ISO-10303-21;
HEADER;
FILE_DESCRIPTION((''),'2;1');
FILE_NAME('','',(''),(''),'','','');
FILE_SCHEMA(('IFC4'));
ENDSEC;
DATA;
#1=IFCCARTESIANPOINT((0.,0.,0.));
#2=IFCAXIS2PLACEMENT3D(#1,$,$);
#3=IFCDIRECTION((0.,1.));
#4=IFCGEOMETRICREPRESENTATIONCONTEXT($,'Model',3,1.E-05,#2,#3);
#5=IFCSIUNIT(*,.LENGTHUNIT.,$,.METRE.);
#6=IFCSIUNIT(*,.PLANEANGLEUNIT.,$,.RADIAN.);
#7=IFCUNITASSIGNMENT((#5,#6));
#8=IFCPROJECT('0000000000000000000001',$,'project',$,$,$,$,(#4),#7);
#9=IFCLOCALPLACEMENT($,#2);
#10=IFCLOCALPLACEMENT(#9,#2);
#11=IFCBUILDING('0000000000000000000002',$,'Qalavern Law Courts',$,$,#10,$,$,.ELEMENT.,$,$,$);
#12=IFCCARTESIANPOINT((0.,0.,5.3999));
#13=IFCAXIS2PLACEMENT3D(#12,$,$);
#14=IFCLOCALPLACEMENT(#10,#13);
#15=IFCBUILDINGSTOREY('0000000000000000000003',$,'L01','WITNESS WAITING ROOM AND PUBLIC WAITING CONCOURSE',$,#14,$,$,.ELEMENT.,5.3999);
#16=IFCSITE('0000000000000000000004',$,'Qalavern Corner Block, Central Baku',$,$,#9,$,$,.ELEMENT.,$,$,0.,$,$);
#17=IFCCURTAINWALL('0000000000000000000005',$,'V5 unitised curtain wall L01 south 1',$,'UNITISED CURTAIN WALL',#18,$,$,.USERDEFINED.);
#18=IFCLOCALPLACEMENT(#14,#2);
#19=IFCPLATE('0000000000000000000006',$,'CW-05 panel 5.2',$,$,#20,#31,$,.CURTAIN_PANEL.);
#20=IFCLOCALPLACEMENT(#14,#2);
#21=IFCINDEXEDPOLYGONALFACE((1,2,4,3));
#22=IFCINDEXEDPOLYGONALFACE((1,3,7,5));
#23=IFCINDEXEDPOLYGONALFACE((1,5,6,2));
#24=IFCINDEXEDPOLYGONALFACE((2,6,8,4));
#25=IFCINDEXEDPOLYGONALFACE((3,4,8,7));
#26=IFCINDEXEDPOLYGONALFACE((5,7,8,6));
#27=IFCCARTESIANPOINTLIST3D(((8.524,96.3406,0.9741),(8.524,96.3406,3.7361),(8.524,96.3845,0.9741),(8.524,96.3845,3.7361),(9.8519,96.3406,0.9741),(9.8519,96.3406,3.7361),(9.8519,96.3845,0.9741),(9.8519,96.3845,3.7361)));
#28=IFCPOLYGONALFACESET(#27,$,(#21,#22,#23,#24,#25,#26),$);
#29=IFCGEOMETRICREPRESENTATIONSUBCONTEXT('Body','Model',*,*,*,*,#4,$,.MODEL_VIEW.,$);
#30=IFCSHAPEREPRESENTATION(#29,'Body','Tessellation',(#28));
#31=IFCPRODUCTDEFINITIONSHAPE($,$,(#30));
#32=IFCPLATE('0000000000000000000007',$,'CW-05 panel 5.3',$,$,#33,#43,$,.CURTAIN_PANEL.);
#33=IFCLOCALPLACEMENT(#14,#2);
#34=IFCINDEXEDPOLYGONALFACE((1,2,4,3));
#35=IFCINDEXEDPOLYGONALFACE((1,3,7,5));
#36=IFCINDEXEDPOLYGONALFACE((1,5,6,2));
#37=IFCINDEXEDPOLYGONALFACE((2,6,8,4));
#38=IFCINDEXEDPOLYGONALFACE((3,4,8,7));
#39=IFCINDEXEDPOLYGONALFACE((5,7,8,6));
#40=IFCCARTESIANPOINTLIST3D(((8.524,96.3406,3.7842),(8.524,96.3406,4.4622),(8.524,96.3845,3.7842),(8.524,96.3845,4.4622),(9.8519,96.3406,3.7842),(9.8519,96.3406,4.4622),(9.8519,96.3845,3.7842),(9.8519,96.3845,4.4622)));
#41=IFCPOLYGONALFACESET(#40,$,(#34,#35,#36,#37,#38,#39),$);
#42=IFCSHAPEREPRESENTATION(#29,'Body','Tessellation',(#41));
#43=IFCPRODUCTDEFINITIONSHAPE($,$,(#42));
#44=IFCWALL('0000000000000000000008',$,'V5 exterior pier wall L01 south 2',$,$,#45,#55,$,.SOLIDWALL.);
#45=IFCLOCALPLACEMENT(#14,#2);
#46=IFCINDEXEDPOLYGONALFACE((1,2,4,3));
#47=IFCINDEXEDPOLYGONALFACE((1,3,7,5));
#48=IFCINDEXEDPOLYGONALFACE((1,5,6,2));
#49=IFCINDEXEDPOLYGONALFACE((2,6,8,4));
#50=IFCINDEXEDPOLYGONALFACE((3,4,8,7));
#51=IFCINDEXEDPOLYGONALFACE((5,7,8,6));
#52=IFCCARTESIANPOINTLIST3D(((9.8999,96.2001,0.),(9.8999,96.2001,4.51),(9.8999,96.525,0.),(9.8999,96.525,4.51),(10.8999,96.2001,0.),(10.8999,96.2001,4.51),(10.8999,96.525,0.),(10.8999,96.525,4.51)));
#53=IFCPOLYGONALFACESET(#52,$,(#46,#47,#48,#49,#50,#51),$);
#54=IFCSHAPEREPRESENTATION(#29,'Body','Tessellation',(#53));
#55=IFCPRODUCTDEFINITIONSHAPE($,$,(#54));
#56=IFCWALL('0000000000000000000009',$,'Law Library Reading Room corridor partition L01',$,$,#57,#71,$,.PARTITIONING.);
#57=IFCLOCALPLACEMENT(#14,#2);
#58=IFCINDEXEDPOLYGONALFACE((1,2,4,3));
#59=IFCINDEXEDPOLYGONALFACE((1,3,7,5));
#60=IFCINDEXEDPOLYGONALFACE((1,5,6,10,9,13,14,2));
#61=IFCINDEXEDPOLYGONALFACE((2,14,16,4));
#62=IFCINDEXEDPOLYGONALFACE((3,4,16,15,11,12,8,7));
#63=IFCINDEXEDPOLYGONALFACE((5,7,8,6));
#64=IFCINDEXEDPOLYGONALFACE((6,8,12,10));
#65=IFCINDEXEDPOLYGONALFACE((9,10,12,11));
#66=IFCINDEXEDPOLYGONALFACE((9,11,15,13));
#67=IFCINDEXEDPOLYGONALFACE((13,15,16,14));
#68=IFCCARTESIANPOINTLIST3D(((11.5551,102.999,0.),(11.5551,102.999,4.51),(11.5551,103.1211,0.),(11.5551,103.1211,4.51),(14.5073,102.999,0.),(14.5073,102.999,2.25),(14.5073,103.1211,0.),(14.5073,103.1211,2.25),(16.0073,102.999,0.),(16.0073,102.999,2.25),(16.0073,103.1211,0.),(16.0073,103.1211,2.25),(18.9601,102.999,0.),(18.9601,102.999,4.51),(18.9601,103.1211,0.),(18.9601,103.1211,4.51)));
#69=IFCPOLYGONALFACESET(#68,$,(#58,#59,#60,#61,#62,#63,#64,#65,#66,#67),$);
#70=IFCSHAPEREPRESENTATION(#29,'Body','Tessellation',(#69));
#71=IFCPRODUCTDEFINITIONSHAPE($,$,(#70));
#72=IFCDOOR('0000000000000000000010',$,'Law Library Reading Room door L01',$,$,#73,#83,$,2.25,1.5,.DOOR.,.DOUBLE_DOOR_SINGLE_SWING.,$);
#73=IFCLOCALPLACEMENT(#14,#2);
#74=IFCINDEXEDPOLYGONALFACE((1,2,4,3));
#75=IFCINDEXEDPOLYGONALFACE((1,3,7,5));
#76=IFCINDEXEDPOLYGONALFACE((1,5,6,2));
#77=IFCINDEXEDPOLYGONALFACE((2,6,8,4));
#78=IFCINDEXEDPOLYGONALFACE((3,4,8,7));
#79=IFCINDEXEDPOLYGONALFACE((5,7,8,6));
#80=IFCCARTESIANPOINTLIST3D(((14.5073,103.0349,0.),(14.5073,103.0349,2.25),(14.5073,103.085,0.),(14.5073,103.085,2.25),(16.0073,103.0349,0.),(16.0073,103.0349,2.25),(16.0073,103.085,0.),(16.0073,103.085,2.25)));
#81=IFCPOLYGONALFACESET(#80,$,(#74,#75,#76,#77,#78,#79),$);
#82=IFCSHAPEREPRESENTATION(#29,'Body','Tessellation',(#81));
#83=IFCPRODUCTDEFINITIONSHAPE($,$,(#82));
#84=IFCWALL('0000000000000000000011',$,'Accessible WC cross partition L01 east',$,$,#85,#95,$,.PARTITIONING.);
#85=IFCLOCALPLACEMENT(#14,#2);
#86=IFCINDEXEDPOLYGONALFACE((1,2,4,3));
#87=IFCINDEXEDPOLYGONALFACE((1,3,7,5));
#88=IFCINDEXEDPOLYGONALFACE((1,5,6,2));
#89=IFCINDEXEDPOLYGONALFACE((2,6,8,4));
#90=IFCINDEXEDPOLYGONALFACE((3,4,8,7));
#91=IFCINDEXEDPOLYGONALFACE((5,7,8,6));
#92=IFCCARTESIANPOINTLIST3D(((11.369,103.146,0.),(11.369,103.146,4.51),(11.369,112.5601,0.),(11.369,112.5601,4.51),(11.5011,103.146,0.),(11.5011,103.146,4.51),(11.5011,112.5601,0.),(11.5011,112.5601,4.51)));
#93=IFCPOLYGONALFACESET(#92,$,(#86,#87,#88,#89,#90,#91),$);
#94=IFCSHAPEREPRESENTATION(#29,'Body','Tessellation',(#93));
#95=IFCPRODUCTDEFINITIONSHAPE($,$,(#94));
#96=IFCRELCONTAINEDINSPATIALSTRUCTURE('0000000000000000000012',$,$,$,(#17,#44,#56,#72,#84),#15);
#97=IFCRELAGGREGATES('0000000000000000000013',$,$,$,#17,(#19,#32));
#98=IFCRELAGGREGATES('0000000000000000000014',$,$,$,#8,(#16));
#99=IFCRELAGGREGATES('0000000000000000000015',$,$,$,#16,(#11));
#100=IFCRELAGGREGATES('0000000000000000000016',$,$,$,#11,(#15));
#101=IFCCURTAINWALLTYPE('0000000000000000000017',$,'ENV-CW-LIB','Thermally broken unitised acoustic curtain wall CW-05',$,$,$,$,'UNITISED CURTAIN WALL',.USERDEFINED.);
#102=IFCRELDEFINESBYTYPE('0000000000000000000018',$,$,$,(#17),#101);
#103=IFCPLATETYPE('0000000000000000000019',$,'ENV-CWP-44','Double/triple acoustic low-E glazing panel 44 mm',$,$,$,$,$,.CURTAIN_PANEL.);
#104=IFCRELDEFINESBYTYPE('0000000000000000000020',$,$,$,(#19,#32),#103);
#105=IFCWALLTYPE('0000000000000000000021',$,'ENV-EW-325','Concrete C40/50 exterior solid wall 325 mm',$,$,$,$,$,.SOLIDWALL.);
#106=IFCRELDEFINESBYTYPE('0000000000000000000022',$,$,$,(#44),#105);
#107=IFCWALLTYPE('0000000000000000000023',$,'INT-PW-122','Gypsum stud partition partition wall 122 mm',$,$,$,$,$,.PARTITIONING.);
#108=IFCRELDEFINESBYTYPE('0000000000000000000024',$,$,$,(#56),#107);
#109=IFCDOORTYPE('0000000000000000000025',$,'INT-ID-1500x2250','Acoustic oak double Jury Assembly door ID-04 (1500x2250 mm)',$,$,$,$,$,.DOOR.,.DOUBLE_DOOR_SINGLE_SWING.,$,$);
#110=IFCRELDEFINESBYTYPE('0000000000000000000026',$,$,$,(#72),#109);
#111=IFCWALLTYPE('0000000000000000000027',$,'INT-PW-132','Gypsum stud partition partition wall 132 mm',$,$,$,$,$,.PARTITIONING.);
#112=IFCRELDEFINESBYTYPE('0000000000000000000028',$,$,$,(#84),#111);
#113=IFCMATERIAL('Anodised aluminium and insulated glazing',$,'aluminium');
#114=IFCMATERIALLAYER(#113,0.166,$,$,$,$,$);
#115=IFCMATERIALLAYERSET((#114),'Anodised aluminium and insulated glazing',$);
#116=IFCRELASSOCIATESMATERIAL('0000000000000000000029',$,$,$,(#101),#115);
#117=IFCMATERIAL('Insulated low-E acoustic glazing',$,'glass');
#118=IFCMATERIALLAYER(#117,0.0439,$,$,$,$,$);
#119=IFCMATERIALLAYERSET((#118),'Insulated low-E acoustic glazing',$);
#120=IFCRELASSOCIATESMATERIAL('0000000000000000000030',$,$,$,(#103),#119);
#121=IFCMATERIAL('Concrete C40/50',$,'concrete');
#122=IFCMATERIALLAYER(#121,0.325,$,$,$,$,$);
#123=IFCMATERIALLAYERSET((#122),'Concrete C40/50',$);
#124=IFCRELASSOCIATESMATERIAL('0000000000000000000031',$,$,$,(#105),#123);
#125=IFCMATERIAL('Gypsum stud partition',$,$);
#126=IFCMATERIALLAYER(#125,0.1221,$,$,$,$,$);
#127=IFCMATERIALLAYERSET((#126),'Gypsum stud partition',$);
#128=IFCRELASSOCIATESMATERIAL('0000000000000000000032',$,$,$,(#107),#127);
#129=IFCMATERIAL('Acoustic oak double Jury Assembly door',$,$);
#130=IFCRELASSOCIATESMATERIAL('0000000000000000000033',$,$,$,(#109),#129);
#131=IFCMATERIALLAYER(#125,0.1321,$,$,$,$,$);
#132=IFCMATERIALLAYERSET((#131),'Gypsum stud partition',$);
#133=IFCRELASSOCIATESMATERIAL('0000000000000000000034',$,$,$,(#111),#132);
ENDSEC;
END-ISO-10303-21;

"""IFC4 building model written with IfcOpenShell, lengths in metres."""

from ifc_helpers import new_model, si_unit, direction, frame, frame_2d, origin, origin_2d, place, context, subcontext, project, spatial, rectangle, extrude, material, layer, layer_set, type_object, element, fill, aggregate, save


model = new_model("IFC4")

# Units and contexts
model_context = context("Model", 3, precision=1e-05, world=origin(), true_north=direction((0.0, 1.0)))
body_context = subcontext(model_context, "Body", "Model", "MODEL_VIEW")
ifc_project = project(units=[si_unit("LENGTHUNIT", "METRE"), si_unit("PLANEANGLEUNIT", "RADIAN")], contexts=[model_context])

# Site, building, storey
site_placement = place(None, origin())
site = spatial("IfcSite", under=ifc_project, at=site_placement, Name="Qalavern Corner Block, Central Baku", CompositionType="ELEMENT", RefElevation=0.0)
building_placement = place(site_placement, origin())
building = spatial("IfcBuilding", under=site, at=building_placement, Name="Qalavern Law Courts", CompositionType="ELEMENT")
storey_placement = place(building_placement, frame((0.0, 0.0, 5.3999)))
storey = spatial("IfcBuildingStorey", under=building, at=storey_placement, Name="L01", Description="WITNESS WAITING ROOM AND PUBLIC WAITING CONCOURSE", CompositionType="ELEMENT", Elevation=5.3999)

# Curtain wall
ifc_material_1 = material(Name="Anodised aluminium and insulated glazing", Category="aluminium")
ifc_layer_1 = layer(ifc_material_1, 0.166)
ifc_layer_set_1 = layer_set([ifc_layer_1], Name="Anodised aluminium and insulated glazing")
curtain_wall_type = type_object("IfcCurtainWallType", Name="ENV-CW-LIB", Description="Thermally broken unitised acoustic curtain wall CW-05", ElementType="UNITISED CURTAIN WALL", PredefinedType="USERDEFINED", material=ifc_layer_set_1)
curtain_wall_1_placement = place(storey_placement, origin())
curtain_wall_1 = element("IfcCurtainWall", 1, at=curtain_wall_1_placement, inside=storey, type_object=curtain_wall_type, Name="V5 unitised curtain wall L01 south 1", ObjectType="UNITISED CURTAIN WALL", PredefinedType="USERDEFINED")

# Shared definitions
ifc_material_2 = material(Name="Concrete C40/50", Category="concrete")

# Plates
ifc_material_3 = material(Name="Insulated low-E acoustic glazing", Category="glass")
ifc_layer_2 = layer(ifc_material_3, 0.0439)
ifc_layer_set_2 = layer_set([ifc_layer_2], Name="Insulated low-E acoustic glazing")
plate_type = type_object("IfcPlateType", Name="ENV-CWP-44", Description="Double/triple acoustic low-E glazing panel 44 mm", PredefinedType="CURTAIN_PANEL", material=ifc_layer_set_2)
plate_1_placement = place(storey_placement, frame((9.188, 96.3625, 0.9741), z_axis=(0.0, 0.0, 1.0), x_axis=(1.0, 0.0, 0.0)))
plate_1 = element("IfcPlate", 2, at=plate_1_placement, type_object=plate_type, Name="CW-05 panel 5.2", PredefinedType="CURTAIN_PANEL", context=body_context, shape_type="SweptSolid", body=[
    extrude(rectangle(XDim=1.3279, YDim=0.0439, at=origin_2d()), origin(), (0.0, 0.0, 1.0), 2.762),
])
plate_2_placement = place(storey_placement, frame((9.188, 96.3625, 3.7842), z_axis=(0.0, 0.0, 1.0), x_axis=(1.0, 0.0, 0.0)))
plate_2 = element("IfcPlate", 3, at=plate_2_placement, type_object=plate_type, Name="CW-05 panel 5.3", PredefinedType="CURTAIN_PANEL", context=body_context, shape_type="SweptSolid", body=[
    extrude(rectangle(XDim=1.3279, YDim=0.0439, at=origin_2d()), origin(), (0.0, 0.0, 1.0), 0.678),
])
aggregate(curtain_wall_1, [plate_1, plate_2])

# Wall
ifc_layer_3 = layer(ifc_material_2, 0.325)
ifc_layer_set_3 = layer_set([ifc_layer_3], Name="Concrete C40/50")
wall_type_1 = type_object("IfcWallType", Name="ENV-EW-325", Description="Concrete C40/50 exterior solid wall 325 mm", PredefinedType="SOLIDWALL", material=ifc_layer_set_3)
wall_1_placement = place(storey_placement, frame((9.8999, 96.3625, 0.0), z_axis=(0.0, 0.0, 1.0), x_axis=(1.0, 0.0, 0.0)))
element("IfcWall", 4, at=wall_1_placement, inside=storey, type_object=wall_type_1, Name="V5 exterior pier wall L01 south 2", PredefinedType="SOLIDWALL", context=body_context, shape_type="SweptSolid", body=[
    extrude(rectangle(XDim=1.0, YDim=0.325, at=frame_2d((0.5, 0.0))), origin(), (0.0, 0.0, 1.0), 4.51),
])

# Wall, opening, door
ifc_material_4 = material(Name="Gypsum stud partition")
ifc_layer_4 = layer(ifc_material_4, 0.1221)
ifc_layer_set_4 = layer_set([ifc_layer_4], Name="Gypsum stud partition")
wall_type_2 = type_object("IfcWallType", Name="INT-PW-122", Description="Gypsum stud partition partition wall 122 mm", PredefinedType="PARTITIONING", material=ifc_layer_set_4)
wall_2_placement = place(storey_placement, frame((11.5549, 103.0601, 0.0), z_axis=(0.0, 0.0, 1.0), x_axis=(1.0, 0.0, 0.0)))
wall_2 = element("IfcWall", 5, at=wall_2_placement, inside=storey, type_object=wall_type_2, Name="Law Library Reading Room corridor partition L01", PredefinedType="PARTITIONING", context=body_context, shape_type="SweptSolid", body=[
    extrude(rectangle(XDim=7.405, YDim=0.1221, at=frame_2d((3.7026, 0.0))), origin(), (0.0, 0.0, 1.0), 4.51),
])
opening_placement = place(wall_2_placement, frame((2.9524, 0.0, 0.0)))
opening = element("IfcOpeningElement", 6, at=opening_placement, cuts=wall_2, PredefinedType="OPENING", context=body_context, shape_type="SweptSolid", body=[
    extrude(rectangle(XDim=1.5, YDim=2.25, at=frame_2d((0.75, 1.125))), frame((0.0, 0.0759, 0.0), z_axis=(0.0, -1.0, 0.0), x_axis=(1.0, 0.0, 0.0)), (0.0, 0.0, 1.0), 0.1519),
])
ifc_material_5 = material(Name="Acoustic oak double Jury Assembly door")
door_type = type_object("IfcDoorType", Name="INT-ID-1500x2250", Description="Acoustic oak double Jury Assembly door ID-04 (1500x2250 mm)", OperationType="DOUBLE_DOOR_SINGLE_SWING", PredefinedType="DOOR", material=ifc_material_5)
door_placement = place(opening_placement, origin())
door = element("IfcDoor", 7, at=door_placement, inside=storey, type_object=door_type, Name="Law Library Reading Room door L01", OperationType="DOUBLE_DOOR_SINGLE_SWING", OverallHeight=2.25, OverallWidth=1.5, PredefinedType="DOOR", context=body_context, shape_type="SweptSolid", body=[
    extrude(rectangle(XDim=1.5, YDim=2.25, at=frame_2d((0.75, 1.125))), frame((0.0, 0.0249, 0.0), z_axis=(0.0, -1.0, 0.0), x_axis=(1.0, 0.0, 0.0)), (0.0, 0.0, 1.0), 0.05),
])
fill(opening, door)

# Wall
ifc_layer_5 = layer(ifc_material_4, 0.1321)
ifc_layer_set_5 = layer_set([ifc_layer_5], Name="Gypsum stud partition")
wall_type_3 = type_object("IfcWallType", Name="INT-PW-132", Description="Gypsum stud partition partition wall 132 mm", PredefinedType="PARTITIONING", material=ifc_layer_set_5)
wall_3_placement = place(storey_placement, frame((11.4351, 103.146, 0.0), z_axis=(0.0, 0.0, 1.0), x_axis=(0.0, 1.0, 0.0)))
element("IfcWall", 8, at=wall_3_placement, inside=storey, type_object=wall_type_3, Name="Accessible WC cross partition L01 east", PredefinedType="PARTITIONING", context=body_context, shape_type="SweptSolid", body=[
    extrude(rectangle(XDim=9.4141, YDim=0.1321, at=frame_2d((4.707, 0.0))), origin(), (0.0, 0.0, 1.0), 4.51),
])

save(model, "model.ifc")
